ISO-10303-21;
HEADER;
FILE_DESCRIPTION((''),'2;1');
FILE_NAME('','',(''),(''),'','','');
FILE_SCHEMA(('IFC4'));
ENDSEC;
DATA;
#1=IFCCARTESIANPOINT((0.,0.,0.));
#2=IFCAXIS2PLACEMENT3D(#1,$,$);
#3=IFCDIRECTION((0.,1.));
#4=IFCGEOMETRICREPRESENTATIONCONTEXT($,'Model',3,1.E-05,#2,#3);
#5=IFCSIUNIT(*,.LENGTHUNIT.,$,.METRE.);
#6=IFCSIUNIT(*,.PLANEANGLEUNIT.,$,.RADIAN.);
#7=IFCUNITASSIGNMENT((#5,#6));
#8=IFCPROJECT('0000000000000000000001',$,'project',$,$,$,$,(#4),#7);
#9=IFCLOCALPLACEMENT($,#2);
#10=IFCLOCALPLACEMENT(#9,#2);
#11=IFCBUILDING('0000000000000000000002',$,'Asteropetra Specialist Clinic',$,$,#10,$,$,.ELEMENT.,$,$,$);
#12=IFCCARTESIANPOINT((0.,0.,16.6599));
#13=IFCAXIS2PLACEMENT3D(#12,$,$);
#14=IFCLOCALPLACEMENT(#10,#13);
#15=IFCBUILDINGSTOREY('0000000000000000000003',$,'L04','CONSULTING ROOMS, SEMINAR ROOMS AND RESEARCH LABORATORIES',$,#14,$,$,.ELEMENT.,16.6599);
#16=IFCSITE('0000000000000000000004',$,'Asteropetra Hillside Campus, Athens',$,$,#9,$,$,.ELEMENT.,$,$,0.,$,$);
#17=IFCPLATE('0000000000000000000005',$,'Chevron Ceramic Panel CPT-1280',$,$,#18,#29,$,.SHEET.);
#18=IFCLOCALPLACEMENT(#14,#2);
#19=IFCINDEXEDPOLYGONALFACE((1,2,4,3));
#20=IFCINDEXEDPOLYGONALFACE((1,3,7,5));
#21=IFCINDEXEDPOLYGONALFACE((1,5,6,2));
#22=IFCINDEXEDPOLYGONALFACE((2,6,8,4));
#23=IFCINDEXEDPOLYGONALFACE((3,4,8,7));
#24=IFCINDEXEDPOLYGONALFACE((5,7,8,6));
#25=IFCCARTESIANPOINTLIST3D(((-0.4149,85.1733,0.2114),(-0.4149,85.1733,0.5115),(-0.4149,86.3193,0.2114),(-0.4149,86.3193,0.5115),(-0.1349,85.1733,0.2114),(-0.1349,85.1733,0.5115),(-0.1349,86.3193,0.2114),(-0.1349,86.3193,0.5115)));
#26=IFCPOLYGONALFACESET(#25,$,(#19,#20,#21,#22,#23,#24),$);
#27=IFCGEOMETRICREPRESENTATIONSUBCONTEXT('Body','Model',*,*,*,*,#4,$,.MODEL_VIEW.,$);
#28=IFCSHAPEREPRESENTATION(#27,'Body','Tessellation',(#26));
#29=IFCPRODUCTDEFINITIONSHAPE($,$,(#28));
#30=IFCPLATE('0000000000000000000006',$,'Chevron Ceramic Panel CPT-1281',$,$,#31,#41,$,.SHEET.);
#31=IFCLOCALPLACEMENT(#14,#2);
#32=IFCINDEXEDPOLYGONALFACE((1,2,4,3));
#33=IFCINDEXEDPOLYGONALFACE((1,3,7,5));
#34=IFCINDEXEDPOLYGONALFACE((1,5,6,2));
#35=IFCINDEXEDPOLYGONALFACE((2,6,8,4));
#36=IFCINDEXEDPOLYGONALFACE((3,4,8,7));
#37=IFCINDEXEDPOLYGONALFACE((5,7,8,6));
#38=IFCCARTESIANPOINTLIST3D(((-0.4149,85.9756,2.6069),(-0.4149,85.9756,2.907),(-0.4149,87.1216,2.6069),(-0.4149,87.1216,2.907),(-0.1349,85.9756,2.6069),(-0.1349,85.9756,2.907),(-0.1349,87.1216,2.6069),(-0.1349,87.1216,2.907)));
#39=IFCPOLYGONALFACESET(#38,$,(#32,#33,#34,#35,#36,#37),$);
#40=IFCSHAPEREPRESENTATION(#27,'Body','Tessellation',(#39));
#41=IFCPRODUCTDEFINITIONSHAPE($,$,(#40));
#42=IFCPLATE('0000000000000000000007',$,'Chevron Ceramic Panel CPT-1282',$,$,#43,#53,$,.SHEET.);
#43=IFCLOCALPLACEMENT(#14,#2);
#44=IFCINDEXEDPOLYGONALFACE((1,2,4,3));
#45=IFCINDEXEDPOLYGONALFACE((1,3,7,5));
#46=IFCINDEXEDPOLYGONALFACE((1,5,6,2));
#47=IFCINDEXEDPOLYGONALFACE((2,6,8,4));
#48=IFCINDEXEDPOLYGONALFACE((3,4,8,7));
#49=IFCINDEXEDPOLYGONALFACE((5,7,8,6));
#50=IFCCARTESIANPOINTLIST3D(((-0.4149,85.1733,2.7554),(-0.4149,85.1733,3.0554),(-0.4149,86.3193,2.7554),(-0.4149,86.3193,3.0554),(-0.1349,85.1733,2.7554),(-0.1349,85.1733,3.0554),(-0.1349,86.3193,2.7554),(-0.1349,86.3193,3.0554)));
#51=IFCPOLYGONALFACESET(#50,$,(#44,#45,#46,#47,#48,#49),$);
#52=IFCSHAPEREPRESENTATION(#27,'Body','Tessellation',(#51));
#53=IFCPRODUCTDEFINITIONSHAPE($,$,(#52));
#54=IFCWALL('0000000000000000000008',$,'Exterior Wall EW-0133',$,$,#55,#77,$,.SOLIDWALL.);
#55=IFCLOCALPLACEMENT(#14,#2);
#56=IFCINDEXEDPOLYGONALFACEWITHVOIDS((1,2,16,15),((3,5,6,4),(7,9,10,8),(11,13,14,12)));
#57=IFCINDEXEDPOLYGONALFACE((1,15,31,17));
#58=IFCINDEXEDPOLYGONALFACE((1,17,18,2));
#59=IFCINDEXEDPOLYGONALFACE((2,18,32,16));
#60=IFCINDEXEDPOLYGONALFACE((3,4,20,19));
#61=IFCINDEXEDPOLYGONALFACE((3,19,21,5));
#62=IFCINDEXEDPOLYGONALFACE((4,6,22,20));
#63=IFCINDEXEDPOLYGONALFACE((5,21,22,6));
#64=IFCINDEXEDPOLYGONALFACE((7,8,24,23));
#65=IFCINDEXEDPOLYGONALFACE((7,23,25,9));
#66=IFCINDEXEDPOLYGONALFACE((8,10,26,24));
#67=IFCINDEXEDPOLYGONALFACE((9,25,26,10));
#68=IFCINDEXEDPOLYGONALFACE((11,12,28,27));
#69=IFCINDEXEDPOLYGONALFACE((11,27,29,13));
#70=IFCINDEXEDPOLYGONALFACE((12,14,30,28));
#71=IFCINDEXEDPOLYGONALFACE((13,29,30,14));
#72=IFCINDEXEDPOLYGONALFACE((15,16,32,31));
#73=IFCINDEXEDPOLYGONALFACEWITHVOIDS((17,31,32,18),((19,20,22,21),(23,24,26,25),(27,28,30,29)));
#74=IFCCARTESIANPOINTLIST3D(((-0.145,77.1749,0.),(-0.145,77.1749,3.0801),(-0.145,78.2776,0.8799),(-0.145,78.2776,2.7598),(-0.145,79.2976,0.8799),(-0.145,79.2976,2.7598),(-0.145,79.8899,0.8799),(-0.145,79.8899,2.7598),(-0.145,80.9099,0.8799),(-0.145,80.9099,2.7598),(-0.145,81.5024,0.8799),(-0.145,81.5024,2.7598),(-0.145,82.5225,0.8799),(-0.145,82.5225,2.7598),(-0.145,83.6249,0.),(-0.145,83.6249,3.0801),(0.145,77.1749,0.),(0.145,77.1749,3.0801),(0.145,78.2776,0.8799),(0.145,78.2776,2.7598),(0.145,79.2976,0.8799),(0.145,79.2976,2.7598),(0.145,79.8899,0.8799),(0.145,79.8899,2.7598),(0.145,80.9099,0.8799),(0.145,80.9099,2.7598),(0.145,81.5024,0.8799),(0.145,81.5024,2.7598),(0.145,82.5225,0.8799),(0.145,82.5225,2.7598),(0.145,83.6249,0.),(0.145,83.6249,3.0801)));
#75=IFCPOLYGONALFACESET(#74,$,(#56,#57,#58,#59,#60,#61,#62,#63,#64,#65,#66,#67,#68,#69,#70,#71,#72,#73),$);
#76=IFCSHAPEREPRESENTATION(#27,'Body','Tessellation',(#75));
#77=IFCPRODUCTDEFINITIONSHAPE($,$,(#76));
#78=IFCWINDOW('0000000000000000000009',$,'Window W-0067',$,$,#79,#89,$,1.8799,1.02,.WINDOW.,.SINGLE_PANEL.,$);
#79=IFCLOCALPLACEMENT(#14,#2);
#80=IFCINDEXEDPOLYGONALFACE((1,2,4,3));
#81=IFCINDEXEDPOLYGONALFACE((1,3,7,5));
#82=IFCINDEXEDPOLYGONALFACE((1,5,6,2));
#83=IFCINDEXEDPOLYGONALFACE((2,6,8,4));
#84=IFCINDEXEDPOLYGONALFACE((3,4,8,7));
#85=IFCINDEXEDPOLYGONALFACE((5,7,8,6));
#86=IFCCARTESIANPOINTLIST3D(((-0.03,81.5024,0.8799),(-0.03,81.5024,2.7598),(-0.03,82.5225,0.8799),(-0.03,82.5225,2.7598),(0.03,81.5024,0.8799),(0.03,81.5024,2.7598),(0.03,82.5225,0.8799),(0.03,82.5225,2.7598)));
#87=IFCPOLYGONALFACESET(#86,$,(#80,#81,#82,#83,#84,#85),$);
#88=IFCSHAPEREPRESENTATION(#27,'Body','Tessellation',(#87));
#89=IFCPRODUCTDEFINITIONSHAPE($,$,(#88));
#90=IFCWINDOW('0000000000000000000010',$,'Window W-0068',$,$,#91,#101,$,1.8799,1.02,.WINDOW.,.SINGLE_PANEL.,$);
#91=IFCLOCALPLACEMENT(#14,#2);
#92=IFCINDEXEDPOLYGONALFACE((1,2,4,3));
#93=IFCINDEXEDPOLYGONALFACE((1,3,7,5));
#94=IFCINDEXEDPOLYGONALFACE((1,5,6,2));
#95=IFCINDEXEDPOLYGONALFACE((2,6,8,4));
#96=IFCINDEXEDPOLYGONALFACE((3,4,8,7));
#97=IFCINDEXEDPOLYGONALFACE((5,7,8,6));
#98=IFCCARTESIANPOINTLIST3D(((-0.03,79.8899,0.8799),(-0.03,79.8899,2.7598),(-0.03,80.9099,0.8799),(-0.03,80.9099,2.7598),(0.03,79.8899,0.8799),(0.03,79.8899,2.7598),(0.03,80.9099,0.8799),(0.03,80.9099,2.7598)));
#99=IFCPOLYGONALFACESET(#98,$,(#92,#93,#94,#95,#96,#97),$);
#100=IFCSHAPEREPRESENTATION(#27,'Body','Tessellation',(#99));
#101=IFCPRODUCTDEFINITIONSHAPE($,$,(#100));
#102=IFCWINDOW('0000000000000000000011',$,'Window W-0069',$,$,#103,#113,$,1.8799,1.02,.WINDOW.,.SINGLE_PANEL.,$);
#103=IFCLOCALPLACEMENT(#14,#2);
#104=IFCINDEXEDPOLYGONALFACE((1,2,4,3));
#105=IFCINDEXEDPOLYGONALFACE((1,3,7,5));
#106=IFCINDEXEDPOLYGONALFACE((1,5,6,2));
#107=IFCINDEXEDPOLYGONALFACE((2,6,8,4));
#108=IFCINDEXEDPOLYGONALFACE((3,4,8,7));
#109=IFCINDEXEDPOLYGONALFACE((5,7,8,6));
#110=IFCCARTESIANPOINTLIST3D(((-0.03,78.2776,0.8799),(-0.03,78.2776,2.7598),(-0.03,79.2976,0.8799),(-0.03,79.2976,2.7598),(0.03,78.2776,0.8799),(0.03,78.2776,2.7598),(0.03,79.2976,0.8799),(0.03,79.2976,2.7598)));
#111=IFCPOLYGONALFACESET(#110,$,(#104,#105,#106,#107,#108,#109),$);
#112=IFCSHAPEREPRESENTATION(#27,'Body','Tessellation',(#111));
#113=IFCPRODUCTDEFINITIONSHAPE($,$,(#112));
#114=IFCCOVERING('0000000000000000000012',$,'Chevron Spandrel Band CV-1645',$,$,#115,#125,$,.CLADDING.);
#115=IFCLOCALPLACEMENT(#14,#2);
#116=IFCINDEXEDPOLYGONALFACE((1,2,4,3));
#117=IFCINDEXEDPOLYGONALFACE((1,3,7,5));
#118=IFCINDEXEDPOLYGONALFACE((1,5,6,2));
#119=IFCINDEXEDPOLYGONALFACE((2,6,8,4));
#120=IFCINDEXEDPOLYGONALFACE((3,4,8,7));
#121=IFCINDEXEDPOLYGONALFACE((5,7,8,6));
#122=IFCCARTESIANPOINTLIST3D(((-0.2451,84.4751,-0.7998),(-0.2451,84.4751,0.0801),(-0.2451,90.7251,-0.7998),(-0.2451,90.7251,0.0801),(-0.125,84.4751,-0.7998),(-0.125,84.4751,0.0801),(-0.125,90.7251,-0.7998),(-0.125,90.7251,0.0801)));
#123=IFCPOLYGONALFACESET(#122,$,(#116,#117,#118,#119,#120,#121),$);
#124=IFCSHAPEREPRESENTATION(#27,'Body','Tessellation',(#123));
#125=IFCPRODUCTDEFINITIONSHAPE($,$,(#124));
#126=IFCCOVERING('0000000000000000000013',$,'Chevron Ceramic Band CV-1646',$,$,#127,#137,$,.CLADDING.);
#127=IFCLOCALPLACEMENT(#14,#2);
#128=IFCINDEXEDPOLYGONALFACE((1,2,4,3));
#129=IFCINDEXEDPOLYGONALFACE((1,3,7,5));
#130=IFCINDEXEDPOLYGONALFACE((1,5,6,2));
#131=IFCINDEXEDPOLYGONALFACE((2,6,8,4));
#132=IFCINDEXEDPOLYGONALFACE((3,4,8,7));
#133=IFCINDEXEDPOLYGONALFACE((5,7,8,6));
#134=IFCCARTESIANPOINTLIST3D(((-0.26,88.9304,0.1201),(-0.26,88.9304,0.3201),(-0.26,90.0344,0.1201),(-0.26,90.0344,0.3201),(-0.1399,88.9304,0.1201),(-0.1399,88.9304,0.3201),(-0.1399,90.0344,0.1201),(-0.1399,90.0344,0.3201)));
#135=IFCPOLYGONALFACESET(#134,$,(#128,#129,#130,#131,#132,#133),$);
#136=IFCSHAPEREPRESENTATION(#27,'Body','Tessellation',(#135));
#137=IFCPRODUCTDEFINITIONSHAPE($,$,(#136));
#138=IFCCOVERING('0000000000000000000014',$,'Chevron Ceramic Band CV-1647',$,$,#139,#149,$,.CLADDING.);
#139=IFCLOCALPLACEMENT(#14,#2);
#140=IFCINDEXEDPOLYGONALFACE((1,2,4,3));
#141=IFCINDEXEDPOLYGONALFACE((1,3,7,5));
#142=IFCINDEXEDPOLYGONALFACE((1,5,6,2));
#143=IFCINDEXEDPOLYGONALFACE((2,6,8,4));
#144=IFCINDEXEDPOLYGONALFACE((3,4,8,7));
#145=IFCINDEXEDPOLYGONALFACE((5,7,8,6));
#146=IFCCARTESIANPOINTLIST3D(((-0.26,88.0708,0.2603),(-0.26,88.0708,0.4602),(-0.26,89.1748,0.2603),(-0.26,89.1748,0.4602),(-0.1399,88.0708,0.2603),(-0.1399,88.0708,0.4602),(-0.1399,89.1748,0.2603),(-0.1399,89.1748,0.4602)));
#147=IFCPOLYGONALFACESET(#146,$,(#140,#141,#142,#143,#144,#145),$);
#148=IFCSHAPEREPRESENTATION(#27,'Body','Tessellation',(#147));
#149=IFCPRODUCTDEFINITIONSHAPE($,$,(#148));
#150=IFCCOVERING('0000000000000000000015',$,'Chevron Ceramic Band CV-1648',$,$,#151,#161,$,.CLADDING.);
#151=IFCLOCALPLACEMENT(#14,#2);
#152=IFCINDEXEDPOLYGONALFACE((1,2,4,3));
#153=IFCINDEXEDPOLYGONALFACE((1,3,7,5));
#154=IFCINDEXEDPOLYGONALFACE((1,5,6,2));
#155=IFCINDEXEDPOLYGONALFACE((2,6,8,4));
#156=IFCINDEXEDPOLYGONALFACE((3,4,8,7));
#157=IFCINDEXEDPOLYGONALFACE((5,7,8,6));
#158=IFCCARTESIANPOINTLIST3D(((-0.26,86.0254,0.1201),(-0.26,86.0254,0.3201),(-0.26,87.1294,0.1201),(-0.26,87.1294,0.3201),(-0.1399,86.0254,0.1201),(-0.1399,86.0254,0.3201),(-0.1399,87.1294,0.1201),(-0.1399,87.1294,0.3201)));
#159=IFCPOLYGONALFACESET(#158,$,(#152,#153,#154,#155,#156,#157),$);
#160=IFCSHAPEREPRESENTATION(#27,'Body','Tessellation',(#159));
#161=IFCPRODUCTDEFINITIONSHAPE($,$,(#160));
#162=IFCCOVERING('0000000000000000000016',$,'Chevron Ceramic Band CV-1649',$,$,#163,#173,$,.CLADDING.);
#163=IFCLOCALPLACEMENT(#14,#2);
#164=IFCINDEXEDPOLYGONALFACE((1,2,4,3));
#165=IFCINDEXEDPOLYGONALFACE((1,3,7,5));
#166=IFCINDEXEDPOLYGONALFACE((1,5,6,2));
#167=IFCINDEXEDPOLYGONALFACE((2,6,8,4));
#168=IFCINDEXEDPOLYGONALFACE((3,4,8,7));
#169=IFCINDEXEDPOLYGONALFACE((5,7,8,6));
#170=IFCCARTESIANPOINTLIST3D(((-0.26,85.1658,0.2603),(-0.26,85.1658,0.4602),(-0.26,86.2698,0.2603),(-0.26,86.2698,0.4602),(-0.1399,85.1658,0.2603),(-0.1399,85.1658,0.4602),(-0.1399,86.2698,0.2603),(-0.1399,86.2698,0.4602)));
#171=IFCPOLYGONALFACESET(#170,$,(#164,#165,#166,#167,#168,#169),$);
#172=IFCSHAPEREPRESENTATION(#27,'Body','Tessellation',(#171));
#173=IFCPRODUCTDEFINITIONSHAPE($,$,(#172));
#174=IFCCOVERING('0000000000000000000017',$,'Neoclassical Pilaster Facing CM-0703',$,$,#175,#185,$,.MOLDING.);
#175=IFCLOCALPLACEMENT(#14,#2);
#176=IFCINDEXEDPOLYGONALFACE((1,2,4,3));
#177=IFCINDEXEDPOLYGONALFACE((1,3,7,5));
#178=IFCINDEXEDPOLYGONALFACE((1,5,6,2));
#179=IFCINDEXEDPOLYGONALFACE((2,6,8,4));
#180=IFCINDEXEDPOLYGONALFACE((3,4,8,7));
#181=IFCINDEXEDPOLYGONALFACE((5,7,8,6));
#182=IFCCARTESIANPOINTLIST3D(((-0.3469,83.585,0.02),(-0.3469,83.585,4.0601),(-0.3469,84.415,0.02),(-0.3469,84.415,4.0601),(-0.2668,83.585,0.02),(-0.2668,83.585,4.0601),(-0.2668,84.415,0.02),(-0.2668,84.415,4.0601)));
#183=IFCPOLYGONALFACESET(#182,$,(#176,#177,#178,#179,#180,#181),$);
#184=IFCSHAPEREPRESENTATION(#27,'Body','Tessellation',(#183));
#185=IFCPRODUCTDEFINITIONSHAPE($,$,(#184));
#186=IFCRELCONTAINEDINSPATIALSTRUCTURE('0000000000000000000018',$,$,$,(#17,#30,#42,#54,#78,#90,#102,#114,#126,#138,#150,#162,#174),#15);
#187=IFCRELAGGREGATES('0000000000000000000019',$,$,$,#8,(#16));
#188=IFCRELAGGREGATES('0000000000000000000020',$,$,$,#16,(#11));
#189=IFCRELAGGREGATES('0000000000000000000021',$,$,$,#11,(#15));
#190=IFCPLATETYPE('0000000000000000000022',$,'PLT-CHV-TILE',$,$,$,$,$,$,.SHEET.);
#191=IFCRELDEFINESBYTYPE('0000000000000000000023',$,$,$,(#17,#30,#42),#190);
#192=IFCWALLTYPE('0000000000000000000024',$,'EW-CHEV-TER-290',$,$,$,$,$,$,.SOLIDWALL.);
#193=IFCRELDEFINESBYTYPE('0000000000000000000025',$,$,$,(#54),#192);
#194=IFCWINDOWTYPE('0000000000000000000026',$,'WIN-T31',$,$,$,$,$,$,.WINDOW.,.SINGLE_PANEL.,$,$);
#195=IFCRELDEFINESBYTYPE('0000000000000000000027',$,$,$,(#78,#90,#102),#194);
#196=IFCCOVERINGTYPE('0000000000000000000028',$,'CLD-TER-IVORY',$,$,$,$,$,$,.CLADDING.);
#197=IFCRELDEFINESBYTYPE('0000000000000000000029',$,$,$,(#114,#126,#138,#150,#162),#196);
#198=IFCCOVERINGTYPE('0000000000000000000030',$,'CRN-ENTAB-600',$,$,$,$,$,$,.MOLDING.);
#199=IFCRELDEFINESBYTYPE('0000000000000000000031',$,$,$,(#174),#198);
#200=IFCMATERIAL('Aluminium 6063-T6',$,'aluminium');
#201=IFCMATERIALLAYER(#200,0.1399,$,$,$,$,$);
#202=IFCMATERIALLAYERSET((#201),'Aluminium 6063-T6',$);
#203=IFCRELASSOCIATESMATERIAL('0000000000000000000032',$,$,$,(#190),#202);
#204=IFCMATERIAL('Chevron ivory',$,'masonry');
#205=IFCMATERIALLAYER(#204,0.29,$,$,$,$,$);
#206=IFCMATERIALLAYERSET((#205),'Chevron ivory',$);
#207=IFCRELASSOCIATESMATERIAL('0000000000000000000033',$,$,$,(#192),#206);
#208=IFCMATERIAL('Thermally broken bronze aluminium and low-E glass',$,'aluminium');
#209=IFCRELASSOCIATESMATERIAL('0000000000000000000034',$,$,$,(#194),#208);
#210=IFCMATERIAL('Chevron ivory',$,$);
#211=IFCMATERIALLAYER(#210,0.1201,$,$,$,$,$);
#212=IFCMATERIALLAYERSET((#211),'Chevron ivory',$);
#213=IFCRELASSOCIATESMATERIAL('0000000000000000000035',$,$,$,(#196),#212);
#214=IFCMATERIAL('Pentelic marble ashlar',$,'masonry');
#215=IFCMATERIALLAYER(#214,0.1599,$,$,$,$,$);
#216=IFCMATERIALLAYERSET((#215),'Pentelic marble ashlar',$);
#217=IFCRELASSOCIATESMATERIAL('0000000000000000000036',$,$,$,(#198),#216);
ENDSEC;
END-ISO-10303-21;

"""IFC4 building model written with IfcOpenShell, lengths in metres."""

from ifc_helpers import new_model, si_unit, direction, frame, frame_2d, origin, origin_2d, place, context, subcontext, project, spatial, rectangle, extrude, material, layer, layer_set, type_object, element, fill, save


model = new_model("IFC4")

# Units and contexts
model_context = context("Model", 3, precision=1e-05, world=origin(), true_north=direction((0.0, 1.0)))
body_context = subcontext(model_context, "Body", "Model", "MODEL_VIEW")
ifc_project = project(units=[si_unit("LENGTHUNIT", "METRE"), si_unit("PLANEANGLEUNIT", "RADIAN")], contexts=[model_context])

# Site, building, storey
site_placement = place(None, origin())
site = spatial("IfcSite", under=ifc_project, at=site_placement, Name="Asteropetra Hillside Campus, Athens", CompositionType="ELEMENT", RefElevation=0.0)
building_placement = place(site_placement, origin())
building = spatial("IfcBuilding", under=site, at=building_placement, Name="Asteropetra Specialist Clinic", CompositionType="ELEMENT")
storey_placement = place(building_placement, frame((0.0, 0.0, 16.6599)))
storey = spatial("IfcBuildingStorey", under=building, at=storey_placement, Name="L04", Description="CONSULTING ROOMS, SEMINAR ROOMS AND RESEARCH LABORATORIES", CompositionType="ELEMENT", Elevation=16.6599)

# Plates
ifc_material_1 = material(Name="Aluminium 6063-T6", Category="aluminium")
ifc_layer_1 = layer(ifc_material_1, 0.1399)
ifc_layer_set_1 = layer_set([ifc_layer_1], Name="Aluminium 6063-T6")
plate_type_1 = type_object("IfcPlateType", Name="PLT-CHV-TILE", PredefinedType="SHEET", material=ifc_layer_set_1)
for number, where, z_axis, x_axis, name in (
    (1, (-0.2749, 85.7463, 0.2114), (0.0, 0.0, 1.0), (1.0, 0.0, 0.0), "Chevron Ceramic Panel CPT-1280"),
    (2, (-0.2749, 86.5486, 2.6069), (0.0, 0.0, 1.0), (1.0, 0.0, 0.0), "Chevron Ceramic Panel CPT-1281"),
    (3, (-0.2749, 85.7463, 2.7554), (0.0, 0.0, 1.0), (1.0, 0.0, 0.0), "Chevron Ceramic Panel CPT-1282"),
):
    element("IfcPlate", number, at=place(storey_placement, frame(where, z_axis=z_axis, x_axis=x_axis)), inside=storey, type_object=plate_type_1, Name=name, PredefinedType="SHEET", context=body_context, shape_type="SweptSolid", body=[
        extrude(rectangle(XDim=0.28, YDim=1.146, at=origin_2d()), origin(), (0.0, 0.0, 1.0), 0.3),
    ])

# Wall, openings, windows
ifc_material_2 = material(Name="Chevron ivory", Category="masonry")
ifc_layer_2 = layer(ifc_material_2, 0.29)
ifc_layer_set_2 = layer_set([ifc_layer_2], Name="Chevron ivory")
wall_type = type_object("IfcWallType", Name="EW-CHEV-TER-290", PredefinedType="SOLIDWALL", material=ifc_layer_set_2)
wall_placement = place(storey_placement, frame((0.0, 83.625, 0.0), z_axis=(0.0, 0.0, 1.0), x_axis=(0.0, -1.0, 0.0)))
wall = element("IfcWall", 4, at=wall_placement, inside=storey, type_object=wall_type, Name="Exterior Wall EW-0133", PredefinedType="SOLIDWALL", context=body_context, shape_type="SweptSolid", body=[
    extrude(rectangle(XDim=6.45, YDim=0.29, at=frame_2d((3.2251, 0.0))), origin(), (0.0, 0.0, 1.0), 3.0801),
])
opening_1_placement = place(wall_placement, frame((1.1025, 0.0, 0.8799)))
opening_1 = element("IfcOpeningElement", 5, at=opening_1_placement, cuts=wall, PredefinedType="OPENING", context=body_context, shape_type="SweptSolid", body=[
    extrude(rectangle(XDim=1.02, YDim=1.8799, at=frame_2d((0.51, 0.9399))), frame((0.0, 0.155, 0.0), z_axis=(0.0, -1.0, 0.0), x_axis=(1.0, 0.0, 0.0)), (0.0, 0.0, 1.0), 0.3101),
])
opening_2_placement = place(wall_placement, frame((2.7151, 0.0, 0.8799)))
opening_2 = element("IfcOpeningElement", 6, at=opening_2_placement, cuts=wall, PredefinedType="OPENING", context=body_context, shape_type="SweptSolid", body=[
    extrude(rectangle(XDim=1.02, YDim=1.8799, at=frame_2d((0.51, 0.9399))), frame((0.0, 0.155, 0.0), z_axis=(0.0, -1.0, 0.0), x_axis=(1.0, 0.0, 0.0)), (0.0, 0.0, 1.0), 0.3101),
])
opening_3_placement = place(wall_placement, frame((4.3274, 0.0, 0.8799)))
opening_3 = element("IfcOpeningElement", 7, at=opening_3_placement, cuts=wall, PredefinedType="OPENING", context=body_context, shape_type="SweptSolid", body=[
    extrude(rectangle(XDim=1.02, YDim=1.8799, at=frame_2d((0.51, 0.9399))), frame((0.0, 0.155, 0.0), z_axis=(0.0, -1.0, 0.0), x_axis=(1.0, 0.0, 0.0)), (0.0, 0.0, 1.0), 0.3101),
])
ifc_material_3 = material(Name="Thermally broken bronze aluminium and low-E glass", Category="aluminium")
window_type = type_object("IfcWindowType", Name="WIN-T31", PartitioningType="SINGLE_PANEL", PredefinedType="WINDOW", material=ifc_material_3)
window_1_placement = place(opening_1_placement, origin())
window_1 = element("IfcWindow", 8, at=window_1_placement, inside=storey, type_object=window_type, Name="Window W-0067", OverallHeight=1.8799, OverallWidth=1.02, PartitioningType="SINGLE_PANEL", PredefinedType="WINDOW", context=body_context, shape_type="SweptSolid", body=[
    extrude(rectangle(XDim=1.02, YDim=1.8799, at=frame_2d((0.51, 0.9399))), frame((0.0, 0.03, 0.0), z_axis=(0.0, -1.0, 0.0), x_axis=(1.0, 0.0, 0.0)), (0.0, 0.0, 1.0), 0.0601),
])
fill(opening_1, window_1)
window_2_placement = place(opening_2_placement, origin())
window_2 = element("IfcWindow", 9, at=window_2_placement, inside=storey, type_object=window_type, Name="Window W-0068", OverallHeight=1.8799, OverallWidth=1.02, PartitioningType="SINGLE_PANEL", PredefinedType="WINDOW", context=body_context, shape_type="SweptSolid", body=[
    extrude(rectangle(XDim=1.02, YDim=1.8799, at=frame_2d((0.51, 0.9399))), frame((0.0, 0.03, 0.0), z_axis=(0.0, -1.0, 0.0), x_axis=(1.0, 0.0, 0.0)), (0.0, 0.0, 1.0), 0.0601),
])
fill(opening_2, window_2)
window_3_placement = place(opening_3_placement, origin())
window_3 = element("IfcWindow", 10, at=window_3_placement, inside=storey, type_object=window_type, Name="Window W-0069", OverallHeight=1.8799, OverallWidth=1.02, PartitioningType="SINGLE_PANEL", PredefinedType="WINDOW", context=body_context, shape_type="SweptSolid", body=[
    extrude(rectangle(XDim=1.02, YDim=1.8799, at=frame_2d((0.51, 0.9399))), frame((0.0, 0.03, 0.0), z_axis=(0.0, -1.0, 0.0), x_axis=(1.0, 0.0, 0.0)), (0.0, 0.0, 1.0), 0.0601),
])
fill(opening_3, window_3)

# Coverings
ifc_material_4 = material(Name="Chevron ivory")
ifc_layer_3 = layer(ifc_material_4, 0.1201)
ifc_layer_set_3 = layer_set([ifc_layer_3], Name="Chevron ivory")
covering_type_1 = type_object("IfcCoveringType", Name="CLD-TER-IVORY", PredefinedType="CLADDING", material=ifc_layer_set_3)
covering_1_placement = place(storey_placement, frame((-0.1851, 87.6001, -0.7998), z_axis=(0.0, 0.0, 1.0), x_axis=(1.0, 0.0, 0.0)))
element("IfcCovering", 11, at=covering_1_placement, inside=storey, type_object=covering_type_1, Name="Chevron Spandrel Band CV-1645", PredefinedType="CLADDING", context=body_context, shape_type="SweptSolid", body=[
    extrude(rectangle(XDim=0.1201, YDim=6.25, at=origin_2d()), origin(), (0.0, 0.0, 1.0), 0.8799),
])
for number, where, z_axis, x_axis, name in (
    (12, (-0.2, 89.4824, 0.1201), (0.0, 0.0, 1.0), (1.0, 0.0, 0.0), "Chevron Ceramic Band CV-1646"),
    (13, (-0.2, 88.6228, 0.2603), (0.0, 0.0, 1.0), (1.0, 0.0, 0.0), "Chevron Ceramic Band CV-1647"),
    (14, (-0.2, 86.5774, 0.1201), (0.0, 0.0, 1.0), (1.0, 0.0, 0.0), "Chevron Ceramic Band CV-1648"),
    (15, (-0.2, 85.7178, 0.2603), (0.0, 0.0, 1.0), (1.0, 0.0, 0.0), "Chevron Ceramic Band CV-1649"),
):
    element("IfcCovering", number, at=place(storey_placement, frame(where, z_axis=z_axis, x_axis=x_axis)), inside=storey, type_object=covering_type_1, Name=name, PredefinedType="CLADDING", context=body_context, shape_type="SweptSolid", body=[
        extrude(rectangle(XDim=0.1201, YDim=1.104, at=origin_2d()), origin(), (0.0, 0.0, 1.0), 0.2),
    ])
ifc_material_5 = material(Name="Pentelic marble ashlar", Category="masonry")
ifc_layer_4 = layer(ifc_material_5, 0.1599)
ifc_layer_set_4 = layer_set([ifc_layer_4], Name="Pentelic marble ashlar")
covering_type_2 = type_object("IfcCoveringType", Name="CRN-ENTAB-600", PredefinedType="MOLDING", material=ifc_layer_set_4)
covering_2_placement = place(storey_placement, frame((-0.3069, 84.0, 0.02), z_axis=(0.0, 0.0, 1.0), x_axis=(1.0, 0.0, 0.0)))
element("IfcCovering", 16, at=covering_2_placement, inside=storey, type_object=covering_type_2, Name="Neoclassical Pilaster Facing CM-0703", PredefinedType="MOLDING", context=body_context, shape_type="SweptSolid", body=[
    extrude(rectangle(XDim=0.0801, YDim=0.8301, at=origin_2d()), origin(), (0.0, 0.0, 1.0), 4.04),
])

save(model, "model.ifc")
